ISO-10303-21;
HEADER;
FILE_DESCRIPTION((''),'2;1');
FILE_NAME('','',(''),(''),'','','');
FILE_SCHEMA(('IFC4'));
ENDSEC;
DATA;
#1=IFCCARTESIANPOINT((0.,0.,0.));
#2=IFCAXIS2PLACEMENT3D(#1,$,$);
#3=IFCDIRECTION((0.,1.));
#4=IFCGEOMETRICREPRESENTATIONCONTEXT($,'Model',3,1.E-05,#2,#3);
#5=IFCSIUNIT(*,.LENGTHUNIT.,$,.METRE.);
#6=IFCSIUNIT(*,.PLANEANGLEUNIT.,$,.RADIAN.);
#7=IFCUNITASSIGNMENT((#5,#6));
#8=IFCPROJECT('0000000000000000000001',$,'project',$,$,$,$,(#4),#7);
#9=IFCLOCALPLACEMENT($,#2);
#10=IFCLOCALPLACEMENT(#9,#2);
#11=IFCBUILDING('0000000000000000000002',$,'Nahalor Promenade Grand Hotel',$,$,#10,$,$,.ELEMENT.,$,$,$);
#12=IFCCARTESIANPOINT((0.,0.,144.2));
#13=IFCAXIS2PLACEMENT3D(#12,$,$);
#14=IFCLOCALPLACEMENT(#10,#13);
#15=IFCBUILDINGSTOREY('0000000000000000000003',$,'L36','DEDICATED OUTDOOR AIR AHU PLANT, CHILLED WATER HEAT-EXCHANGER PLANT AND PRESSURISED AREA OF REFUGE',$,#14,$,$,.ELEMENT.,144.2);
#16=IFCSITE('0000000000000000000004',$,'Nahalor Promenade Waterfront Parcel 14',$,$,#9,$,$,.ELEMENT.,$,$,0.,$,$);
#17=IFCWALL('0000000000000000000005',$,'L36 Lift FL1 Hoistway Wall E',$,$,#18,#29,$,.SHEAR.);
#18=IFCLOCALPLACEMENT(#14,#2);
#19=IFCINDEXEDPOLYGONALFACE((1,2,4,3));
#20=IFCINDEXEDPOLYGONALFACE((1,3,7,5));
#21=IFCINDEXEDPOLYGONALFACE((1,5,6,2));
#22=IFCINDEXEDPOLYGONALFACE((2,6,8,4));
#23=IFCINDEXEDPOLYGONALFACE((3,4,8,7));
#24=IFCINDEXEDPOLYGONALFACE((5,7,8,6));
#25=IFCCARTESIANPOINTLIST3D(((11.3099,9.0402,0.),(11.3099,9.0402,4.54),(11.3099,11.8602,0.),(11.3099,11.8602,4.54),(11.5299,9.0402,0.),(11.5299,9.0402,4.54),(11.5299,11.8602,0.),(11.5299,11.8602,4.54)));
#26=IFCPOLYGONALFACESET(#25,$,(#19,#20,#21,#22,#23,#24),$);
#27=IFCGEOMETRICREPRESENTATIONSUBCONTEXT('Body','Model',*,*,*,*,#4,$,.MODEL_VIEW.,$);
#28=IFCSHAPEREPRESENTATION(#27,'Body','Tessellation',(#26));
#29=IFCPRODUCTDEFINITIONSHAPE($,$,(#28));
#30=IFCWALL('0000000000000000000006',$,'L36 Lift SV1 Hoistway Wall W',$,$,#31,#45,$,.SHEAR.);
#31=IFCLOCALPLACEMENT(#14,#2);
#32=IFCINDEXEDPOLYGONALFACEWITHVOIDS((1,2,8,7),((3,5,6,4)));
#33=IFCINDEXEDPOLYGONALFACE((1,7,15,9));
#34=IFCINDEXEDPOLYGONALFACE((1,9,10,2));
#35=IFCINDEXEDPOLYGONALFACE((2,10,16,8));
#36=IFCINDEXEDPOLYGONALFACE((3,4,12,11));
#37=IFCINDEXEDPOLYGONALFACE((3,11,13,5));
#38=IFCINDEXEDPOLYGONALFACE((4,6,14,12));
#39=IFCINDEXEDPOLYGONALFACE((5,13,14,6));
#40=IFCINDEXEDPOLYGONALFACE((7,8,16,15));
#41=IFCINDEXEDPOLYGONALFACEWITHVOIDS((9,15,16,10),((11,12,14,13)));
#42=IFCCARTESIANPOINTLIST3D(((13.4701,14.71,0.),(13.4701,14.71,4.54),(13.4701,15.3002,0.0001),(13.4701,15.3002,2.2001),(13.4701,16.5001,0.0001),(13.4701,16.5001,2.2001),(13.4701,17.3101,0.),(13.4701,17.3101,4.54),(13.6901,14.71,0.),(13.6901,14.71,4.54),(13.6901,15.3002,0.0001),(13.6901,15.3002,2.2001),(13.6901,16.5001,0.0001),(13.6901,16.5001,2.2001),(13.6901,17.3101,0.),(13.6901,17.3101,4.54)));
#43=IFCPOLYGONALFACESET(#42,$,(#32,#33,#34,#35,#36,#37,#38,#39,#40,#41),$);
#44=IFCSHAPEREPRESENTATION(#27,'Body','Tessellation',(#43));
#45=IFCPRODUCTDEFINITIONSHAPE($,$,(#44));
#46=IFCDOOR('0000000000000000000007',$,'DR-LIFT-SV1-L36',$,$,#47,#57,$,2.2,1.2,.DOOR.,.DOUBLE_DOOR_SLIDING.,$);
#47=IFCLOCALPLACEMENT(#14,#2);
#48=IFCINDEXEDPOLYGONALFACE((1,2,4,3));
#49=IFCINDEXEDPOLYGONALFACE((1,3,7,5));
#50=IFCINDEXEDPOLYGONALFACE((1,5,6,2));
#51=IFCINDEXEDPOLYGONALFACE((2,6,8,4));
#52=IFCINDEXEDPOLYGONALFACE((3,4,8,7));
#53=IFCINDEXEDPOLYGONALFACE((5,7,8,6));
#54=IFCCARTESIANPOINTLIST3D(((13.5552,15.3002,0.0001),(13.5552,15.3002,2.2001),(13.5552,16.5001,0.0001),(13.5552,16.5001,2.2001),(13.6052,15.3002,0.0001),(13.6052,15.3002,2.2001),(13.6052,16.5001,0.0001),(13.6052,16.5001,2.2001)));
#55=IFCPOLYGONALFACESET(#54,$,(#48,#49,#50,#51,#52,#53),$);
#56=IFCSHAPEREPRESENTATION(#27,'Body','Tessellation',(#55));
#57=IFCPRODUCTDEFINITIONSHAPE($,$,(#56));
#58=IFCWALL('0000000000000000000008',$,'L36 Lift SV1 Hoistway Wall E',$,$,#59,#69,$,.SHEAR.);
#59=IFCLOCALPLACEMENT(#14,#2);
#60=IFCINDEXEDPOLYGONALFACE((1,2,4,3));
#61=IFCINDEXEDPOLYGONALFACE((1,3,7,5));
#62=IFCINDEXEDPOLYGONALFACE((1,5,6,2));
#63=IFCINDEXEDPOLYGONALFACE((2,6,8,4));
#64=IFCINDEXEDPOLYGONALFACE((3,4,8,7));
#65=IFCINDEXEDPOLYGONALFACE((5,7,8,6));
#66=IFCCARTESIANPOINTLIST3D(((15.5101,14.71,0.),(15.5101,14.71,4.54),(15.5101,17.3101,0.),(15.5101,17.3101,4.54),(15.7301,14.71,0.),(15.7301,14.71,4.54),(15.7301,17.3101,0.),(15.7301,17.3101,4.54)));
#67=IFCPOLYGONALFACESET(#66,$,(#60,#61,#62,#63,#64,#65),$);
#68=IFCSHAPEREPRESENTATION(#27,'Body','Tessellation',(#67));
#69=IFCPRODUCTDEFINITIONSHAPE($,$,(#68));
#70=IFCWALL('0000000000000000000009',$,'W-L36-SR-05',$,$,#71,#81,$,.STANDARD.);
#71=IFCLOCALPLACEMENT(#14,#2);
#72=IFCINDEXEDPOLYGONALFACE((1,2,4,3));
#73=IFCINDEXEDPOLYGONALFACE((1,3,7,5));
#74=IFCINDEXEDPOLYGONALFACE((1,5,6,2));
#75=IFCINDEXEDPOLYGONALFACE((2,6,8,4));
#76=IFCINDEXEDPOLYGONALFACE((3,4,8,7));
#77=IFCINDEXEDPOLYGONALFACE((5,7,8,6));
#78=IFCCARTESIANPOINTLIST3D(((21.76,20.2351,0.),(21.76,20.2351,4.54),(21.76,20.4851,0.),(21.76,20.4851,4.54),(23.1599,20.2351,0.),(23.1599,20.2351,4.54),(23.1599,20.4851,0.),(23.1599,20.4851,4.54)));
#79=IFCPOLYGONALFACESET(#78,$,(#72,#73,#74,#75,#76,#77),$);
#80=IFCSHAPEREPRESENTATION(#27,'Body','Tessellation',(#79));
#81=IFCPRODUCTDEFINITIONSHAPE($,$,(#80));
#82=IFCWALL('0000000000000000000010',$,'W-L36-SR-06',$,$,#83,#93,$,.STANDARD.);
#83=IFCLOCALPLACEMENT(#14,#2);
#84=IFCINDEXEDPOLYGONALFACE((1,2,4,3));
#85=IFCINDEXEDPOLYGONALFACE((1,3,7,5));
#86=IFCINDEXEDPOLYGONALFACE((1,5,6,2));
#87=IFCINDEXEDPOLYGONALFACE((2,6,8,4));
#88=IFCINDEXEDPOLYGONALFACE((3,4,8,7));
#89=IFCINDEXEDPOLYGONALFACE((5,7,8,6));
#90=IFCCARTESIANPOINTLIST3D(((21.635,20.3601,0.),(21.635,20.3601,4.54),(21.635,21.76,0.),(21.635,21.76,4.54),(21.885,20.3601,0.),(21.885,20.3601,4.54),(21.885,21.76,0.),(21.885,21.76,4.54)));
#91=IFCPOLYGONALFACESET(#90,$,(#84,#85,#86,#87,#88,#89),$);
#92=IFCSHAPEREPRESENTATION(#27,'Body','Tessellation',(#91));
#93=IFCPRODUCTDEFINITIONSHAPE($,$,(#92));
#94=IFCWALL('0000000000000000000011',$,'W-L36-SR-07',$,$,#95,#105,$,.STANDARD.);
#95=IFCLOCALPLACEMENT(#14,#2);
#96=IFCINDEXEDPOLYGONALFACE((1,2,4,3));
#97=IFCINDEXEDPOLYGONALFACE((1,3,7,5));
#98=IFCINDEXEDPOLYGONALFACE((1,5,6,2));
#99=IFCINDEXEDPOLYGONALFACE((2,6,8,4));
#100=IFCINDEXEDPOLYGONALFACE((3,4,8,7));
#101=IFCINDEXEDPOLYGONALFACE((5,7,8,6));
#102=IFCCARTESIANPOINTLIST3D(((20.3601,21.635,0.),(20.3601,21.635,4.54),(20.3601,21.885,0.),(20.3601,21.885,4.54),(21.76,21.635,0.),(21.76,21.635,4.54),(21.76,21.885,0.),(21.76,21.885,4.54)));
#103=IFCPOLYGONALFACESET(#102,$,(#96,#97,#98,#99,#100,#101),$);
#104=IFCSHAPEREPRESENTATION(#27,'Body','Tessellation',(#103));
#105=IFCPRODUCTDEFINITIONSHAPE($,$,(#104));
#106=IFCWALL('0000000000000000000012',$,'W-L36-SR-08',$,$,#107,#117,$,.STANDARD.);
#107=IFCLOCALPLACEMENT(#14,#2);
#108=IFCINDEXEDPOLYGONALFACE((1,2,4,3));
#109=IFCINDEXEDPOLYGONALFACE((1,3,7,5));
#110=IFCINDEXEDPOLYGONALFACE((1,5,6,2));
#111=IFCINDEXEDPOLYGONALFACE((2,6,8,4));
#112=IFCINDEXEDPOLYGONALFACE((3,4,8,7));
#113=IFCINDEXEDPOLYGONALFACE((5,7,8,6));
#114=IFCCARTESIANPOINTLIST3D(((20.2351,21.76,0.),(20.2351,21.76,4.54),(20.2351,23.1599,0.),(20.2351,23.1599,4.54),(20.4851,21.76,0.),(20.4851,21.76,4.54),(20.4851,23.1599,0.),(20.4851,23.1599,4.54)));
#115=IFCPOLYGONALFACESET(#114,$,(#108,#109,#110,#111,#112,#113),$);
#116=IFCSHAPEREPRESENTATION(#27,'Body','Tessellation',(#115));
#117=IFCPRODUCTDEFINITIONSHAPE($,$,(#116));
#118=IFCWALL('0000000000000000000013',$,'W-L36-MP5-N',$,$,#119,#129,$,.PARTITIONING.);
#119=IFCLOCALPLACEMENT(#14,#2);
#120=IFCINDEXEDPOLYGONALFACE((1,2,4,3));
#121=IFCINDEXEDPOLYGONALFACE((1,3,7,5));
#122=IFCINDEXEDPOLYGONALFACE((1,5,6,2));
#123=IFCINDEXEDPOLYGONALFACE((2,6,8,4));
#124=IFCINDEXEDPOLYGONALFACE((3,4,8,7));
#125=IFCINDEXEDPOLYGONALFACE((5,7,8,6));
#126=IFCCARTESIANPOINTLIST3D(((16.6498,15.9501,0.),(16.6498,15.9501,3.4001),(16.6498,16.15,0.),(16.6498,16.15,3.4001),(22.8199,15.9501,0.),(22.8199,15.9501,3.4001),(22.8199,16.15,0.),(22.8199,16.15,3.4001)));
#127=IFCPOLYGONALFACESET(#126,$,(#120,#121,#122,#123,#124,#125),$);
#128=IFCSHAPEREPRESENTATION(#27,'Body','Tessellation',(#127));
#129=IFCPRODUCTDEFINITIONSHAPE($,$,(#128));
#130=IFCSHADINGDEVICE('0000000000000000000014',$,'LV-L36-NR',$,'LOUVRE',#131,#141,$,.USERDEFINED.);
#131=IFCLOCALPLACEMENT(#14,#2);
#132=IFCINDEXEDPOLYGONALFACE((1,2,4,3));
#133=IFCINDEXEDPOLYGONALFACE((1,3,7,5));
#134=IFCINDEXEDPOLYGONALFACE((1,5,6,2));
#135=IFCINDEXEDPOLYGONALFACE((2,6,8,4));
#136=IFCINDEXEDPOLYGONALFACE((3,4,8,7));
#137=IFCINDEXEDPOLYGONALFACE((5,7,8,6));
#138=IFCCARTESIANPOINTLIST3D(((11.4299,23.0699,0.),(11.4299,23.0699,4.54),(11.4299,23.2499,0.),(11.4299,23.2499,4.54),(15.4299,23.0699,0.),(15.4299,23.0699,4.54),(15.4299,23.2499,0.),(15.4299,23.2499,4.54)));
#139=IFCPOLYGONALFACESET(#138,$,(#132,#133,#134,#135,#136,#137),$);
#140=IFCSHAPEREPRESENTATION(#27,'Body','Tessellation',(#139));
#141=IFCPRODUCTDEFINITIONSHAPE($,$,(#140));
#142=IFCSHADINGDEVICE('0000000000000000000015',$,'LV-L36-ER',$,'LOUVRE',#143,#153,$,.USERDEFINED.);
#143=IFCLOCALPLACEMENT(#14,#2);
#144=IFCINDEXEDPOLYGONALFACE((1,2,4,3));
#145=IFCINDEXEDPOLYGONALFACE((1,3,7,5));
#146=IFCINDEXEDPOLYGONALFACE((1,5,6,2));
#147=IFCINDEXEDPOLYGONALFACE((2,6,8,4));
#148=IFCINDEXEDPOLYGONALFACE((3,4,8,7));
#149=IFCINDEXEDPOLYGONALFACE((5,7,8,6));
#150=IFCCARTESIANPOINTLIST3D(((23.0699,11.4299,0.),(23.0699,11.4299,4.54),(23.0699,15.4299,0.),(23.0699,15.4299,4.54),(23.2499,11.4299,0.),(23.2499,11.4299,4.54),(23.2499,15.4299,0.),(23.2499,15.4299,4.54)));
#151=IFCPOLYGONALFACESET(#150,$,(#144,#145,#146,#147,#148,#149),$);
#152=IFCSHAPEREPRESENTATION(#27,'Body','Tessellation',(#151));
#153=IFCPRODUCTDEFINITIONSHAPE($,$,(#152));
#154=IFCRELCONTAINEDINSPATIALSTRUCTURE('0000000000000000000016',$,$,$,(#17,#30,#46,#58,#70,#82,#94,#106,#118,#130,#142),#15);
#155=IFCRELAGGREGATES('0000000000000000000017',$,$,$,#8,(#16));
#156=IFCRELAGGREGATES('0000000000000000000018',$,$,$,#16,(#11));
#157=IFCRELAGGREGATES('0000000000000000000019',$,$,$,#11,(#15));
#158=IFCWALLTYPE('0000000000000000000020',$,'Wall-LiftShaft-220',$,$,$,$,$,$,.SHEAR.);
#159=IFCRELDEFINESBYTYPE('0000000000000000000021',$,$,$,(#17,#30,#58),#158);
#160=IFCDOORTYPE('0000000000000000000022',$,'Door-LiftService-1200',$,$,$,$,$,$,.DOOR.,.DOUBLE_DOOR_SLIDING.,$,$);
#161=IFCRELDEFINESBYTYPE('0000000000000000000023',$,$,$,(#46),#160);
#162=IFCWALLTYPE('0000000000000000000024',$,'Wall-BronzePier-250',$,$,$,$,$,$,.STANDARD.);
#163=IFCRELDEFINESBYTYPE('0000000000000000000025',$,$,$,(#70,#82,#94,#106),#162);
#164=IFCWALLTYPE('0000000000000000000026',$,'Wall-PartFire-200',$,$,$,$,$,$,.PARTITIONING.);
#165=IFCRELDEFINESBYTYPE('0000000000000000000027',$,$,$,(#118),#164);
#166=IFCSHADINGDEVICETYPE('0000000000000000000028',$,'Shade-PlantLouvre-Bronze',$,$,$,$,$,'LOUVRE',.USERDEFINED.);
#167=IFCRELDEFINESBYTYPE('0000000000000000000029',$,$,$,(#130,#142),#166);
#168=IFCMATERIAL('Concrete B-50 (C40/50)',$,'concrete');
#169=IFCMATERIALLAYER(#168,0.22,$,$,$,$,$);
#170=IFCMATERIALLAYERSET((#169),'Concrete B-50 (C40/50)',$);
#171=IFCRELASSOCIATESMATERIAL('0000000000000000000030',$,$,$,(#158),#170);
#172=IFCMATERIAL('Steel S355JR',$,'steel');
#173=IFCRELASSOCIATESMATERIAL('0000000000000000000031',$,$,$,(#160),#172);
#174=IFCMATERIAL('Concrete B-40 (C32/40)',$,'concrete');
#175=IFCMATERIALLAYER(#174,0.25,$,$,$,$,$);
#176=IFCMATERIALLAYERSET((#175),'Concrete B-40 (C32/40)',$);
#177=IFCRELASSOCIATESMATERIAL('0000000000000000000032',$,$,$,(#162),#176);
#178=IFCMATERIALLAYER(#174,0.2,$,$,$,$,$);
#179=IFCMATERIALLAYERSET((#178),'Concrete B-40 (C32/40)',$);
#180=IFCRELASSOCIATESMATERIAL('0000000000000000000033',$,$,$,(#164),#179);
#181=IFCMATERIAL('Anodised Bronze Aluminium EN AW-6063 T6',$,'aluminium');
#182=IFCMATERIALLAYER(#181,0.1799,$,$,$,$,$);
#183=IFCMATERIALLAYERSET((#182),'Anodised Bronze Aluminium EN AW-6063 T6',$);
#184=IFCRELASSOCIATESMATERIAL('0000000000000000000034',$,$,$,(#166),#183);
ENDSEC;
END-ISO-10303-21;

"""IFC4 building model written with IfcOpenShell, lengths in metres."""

from ifc_helpers import new_model, si_unit, direction, frame, frame_2d, origin, origin_2d, place, context, subcontext, project, spatial, rectangle, extrude, source, transform, mapped, material, layer, layer_set, type_object, element, fill, save


model = new_model("IFC4")

# Units and contexts
model_context = context("Model", 3, precision=1e-05, world=origin(), true_north=direction((0.0, 1.0)))
body_context = subcontext(model_context, "Body", "Model", "MODEL_VIEW")
ifc_project = project(units=[si_unit("LENGTHUNIT", "METRE"), si_unit("PLANEANGLEUNIT", "RADIAN")], contexts=[model_context])

# Site, building, storey
site_placement = place(None, origin())
site = spatial("IfcSite", under=ifc_project, at=site_placement, Name="Nahalor Promenade Waterfront Parcel 14", CompositionType="ELEMENT", RefElevation=0.0)
building_placement = place(site_placement, origin())
building = spatial("IfcBuilding", under=site, at=building_placement, Name="Nahalor Promenade Grand Hotel", CompositionType="ELEMENT")
storey_placement = place(building_placement, frame((0.0, 0.0, 144.2)))
storey = spatial("IfcBuildingStorey", under=building, at=storey_placement, Name="L36", Description="DEDICATED OUTDOOR AIR AHU PLANT, CHILLED WATER HEAT-EXCHANGER PLANT AND PRESSURISED AREA OF REFUGE", CompositionType="ELEMENT", Elevation=144.2)

# Shared definitions
ifc_material_1 = material(Name="Steel S355JR", Category="steel")

# Wall
ifc_material_2 = material(Name="Concrete B-50 (C40/50)", Category="concrete")
ifc_layer_1 = layer(ifc_material_2, 0.22)
ifc_layer_set_1 = layer_set([ifc_layer_1], Name="Concrete B-50 (C40/50)")
wall_type_1 = type_object("IfcWallType", Name="Wall-LiftShaft-220", PredefinedType="SHEAR", material=ifc_layer_set_1)
shared_shape_1 = source(origin(), body_context, "Body", "SweptSolid", [
    extrude(rectangle(XDim=2.8201, YDim=0.22, at=frame_2d((1.4102, 0.0))), origin(), (0.0, 0.0, 1.0), 4.54),
])
wall_1_placement = place(storey_placement, frame((11.4199, 9.04, 0.0), z_axis=(0.0, 0.0, 1.0), x_axis=(0.0, 1.0, 0.0)))
element("IfcWall", 1, at=wall_1_placement, inside=storey, type_object=wall_type_1, Name="L36 Lift FL1 Hoistway Wall E", PredefinedType="SHEAR", context=body_context, shape_type="MappedRepresentation", body=[
    mapped(shared_shape_1, transform((0.0, 0.0, 0.0), scale=1.0)),
])

# Wall, opening, door
shared_shape_2 = source(origin(), body_context, "Body", "SweptSolid", [
    extrude(rectangle(XDim=2.6001, YDim=0.22, at=frame_2d((1.3, 0.0))), origin(), (0.0, 0.0, 1.0), 4.54),
])
wall_2_placement = place(storey_placement, frame((13.5801, 14.71, 0.0), z_axis=(0.0, 0.0, 1.0), x_axis=(0.0, 1.0, 0.0)))
wall_2 = element("IfcWall", 2, at=wall_2_placement, inside=storey, type_object=wall_type_1, Name="L36 Lift SV1 Hoistway Wall W", PredefinedType="SHEAR", context=body_context, shape_type="MappedRepresentation", body=[
    mapped(shared_shape_2, transform((0.0, 0.0, 0.0), scale=1.0)),
])
opening_placement = place(wall_2_placement, frame((0.5901, 0.0, 0.0)))
opening = element("IfcOpeningElement", 3, at=opening_placement, cuts=wall_2, PredefinedType="OPENING", context=body_context, shape_type="SweptSolid", body=[
    extrude(rectangle(XDim=1.2, YDim=2.2, at=frame_2d((0.6001, 1.1001))), frame((0.0, 0.1199, 0.0), z_axis=(0.0, -1.0, 0.0), x_axis=(1.0, 0.0, 0.0)), (0.0, 0.0, 1.0), 0.24),
])
door_type = type_object("IfcDoorType", Name="Door-LiftService-1200", OperationType="DOUBLE_DOOR_SLIDING", PredefinedType="DOOR", material=ifc_material_1)
shared_shape_3 = source(origin(), body_context, "Body", "SweptSolid", [
    extrude(rectangle(XDim=1.2, YDim=2.2, at=frame_2d((0.6001, 1.1001))), frame((0.0, 0.0249, 0.0), z_axis=(0.0, -1.0, 0.0), x_axis=(1.0, 0.0, 0.0)), (0.0, 0.0, 1.0), 0.05),
])
door_placement = place(opening_placement, origin())
door = element("IfcDoor", 4, at=door_placement, inside=storey, type_object=door_type, Name="DR-LIFT-SV1-L36", OperationType="DOUBLE_DOOR_SLIDING", OverallHeight=2.2, OverallWidth=1.2, PredefinedType="DOOR", context=body_context, shape_type="MappedRepresentation", body=[
    mapped(shared_shape_3, transform((0.0, 0.0, 0.0), scale=1.0)),
])
fill(opening, door)

# Walls
wall_3_placement = place(storey_placement, frame((15.6201, 14.71, 0.0), z_axis=(0.0, 0.0, 1.0), x_axis=(0.0, 1.0, 0.0)))
element("IfcWall", 5, at=wall_3_placement, inside=storey, type_object=wall_type_1, Name="L36 Lift SV1 Hoistway Wall E", PredefinedType="SHEAR", context=body_context, shape_type="MappedRepresentation", body=[
    mapped(shared_shape_2, transform((0.0, 0.0, 0.0), scale=1.0)),
])
ifc_material_3 = material(Name="Concrete B-40 (C32/40)", Category="concrete")
ifc_layer_2 = layer(ifc_material_3, 0.25)
ifc_layer_set_2 = layer_set([ifc_layer_2], Name="Concrete B-40 (C32/40)")
wall_type_2 = type_object("IfcWallType", Name="Wall-BronzePier-250", PredefinedType="STANDARD", material=ifc_layer_set_2)
shared_shape_4 = source(origin(), body_context, "Body", "SweptSolid", [
    extrude(rectangle(XDim=1.3999, YDim=0.25, at=frame_2d((0.7, 0.0))), origin(), (0.0, 0.0, 1.0), 4.54),
])
for number, where, z_axis, x_axis, name in (
    (6, (21.76, 20.3601, 0.0), (0.0, 0.0, 1.0), (1.0, 0.0, 0.0), "W-L36-SR-05"),
    (7, (21.76, 20.3601, 0.0), (0.0, 0.0, 1.0), (0.0, 1.0, 0.0), "W-L36-SR-06"),
    (8, (20.3601, 21.76, 0.0), (0.0, 0.0, 1.0), (1.0, 0.0, 0.0), "W-L36-SR-07"),
    (9, (20.3601, 21.76, 0.0), (0.0, 0.0, 1.0), (0.0, 1.0, 0.0), "W-L36-SR-08"),
):
    element("IfcWall", number, at=place(storey_placement, frame(where, z_axis=z_axis, x_axis=x_axis)), inside=storey, type_object=wall_type_2, Name=name, PredefinedType="STANDARD", context=body_context, shape_type="MappedRepresentation", body=[
        mapped(shared_shape_4, transform((0.0, 0.0, 0.0), scale=1.0)),
    ])
ifc_layer_3 = layer(ifc_material_3, 0.2)
ifc_layer_set_3 = layer_set([ifc_layer_3], Name="Concrete B-40 (C32/40)")
wall_type_3 = type_object("IfcWallType", Name="Wall-PartFire-200", PredefinedType="PARTITIONING", material=ifc_layer_set_3)
shared_shape_5 = source(origin(), body_context, "Body", "SweptSolid", [
    extrude(rectangle(XDim=6.1702, YDim=0.2, at=frame_2d((3.085, 0.0))), origin(), (0.0, 0.0, 1.0), 3.4001),
])
wall_4_placement = place(storey_placement, frame((16.6499, 16.05, 0.0), z_axis=(0.0, 0.0, 1.0), x_axis=(1.0, 0.0, 0.0)))
element("IfcWall", 10, at=wall_4_placement, inside=storey, type_object=wall_type_3, Name="W-L36-MP5-N", PredefinedType="PARTITIONING", context=body_context, shape_type="MappedRepresentation", body=[
    mapped(shared_shape_5, transform((0.0, 0.0, 0.0), scale=1.0)),
])

# Shading devices
ifc_material_4 = material(Name="Anodised Bronze Aluminium EN AW-6063 T6", Category="aluminium")
ifc_layer_4 = layer(ifc_material_4, 0.1799)
ifc_layer_set_4 = layer_set([ifc_layer_4], Name="Anodised Bronze Aluminium EN AW-6063 T6")
shading_device_type = type_object("IfcShadingDeviceType", Name="Shade-PlantLouvre-Bronze", ElementType="LOUVRE", PredefinedType="USERDEFINED", material=ifc_layer_set_4)
shared_shape_6 = source(origin(), body_context, "Body", "SweptSolid", [
    extrude(rectangle(XDim=4.0, YDim=0.1799, at=origin_2d()), origin(), (0.0, 0.0, 1.0), 4.54),
])
for number, where, z_axis, x_axis, name in (
    (11, (13.4299, 23.1599, 0.0), (0.0, 0.0, 1.0), (1.0, 0.0, 0.0), "LV-L36-NR"),
    (12, (23.1599, 13.4299, 0.0), (0.0, 0.0, 1.0), (0.0, 1.0, 0.0), "LV-L36-ER"),
):
    element("IfcShadingDevice", number, at=place(storey_placement, frame(where, z_axis=z_axis, x_axis=x_axis)), inside=storey, type_object=shading_device_type, Name=name, ObjectType="LOUVRE", PredefinedType="USERDEFINED", context=body_context, shape_type="MappedRepresentation", body=[
        mapped(shared_shape_6, transform((0.0, 0.0, 0.0), scale=1.0)),
    ])

save(model, "model.ifc")
